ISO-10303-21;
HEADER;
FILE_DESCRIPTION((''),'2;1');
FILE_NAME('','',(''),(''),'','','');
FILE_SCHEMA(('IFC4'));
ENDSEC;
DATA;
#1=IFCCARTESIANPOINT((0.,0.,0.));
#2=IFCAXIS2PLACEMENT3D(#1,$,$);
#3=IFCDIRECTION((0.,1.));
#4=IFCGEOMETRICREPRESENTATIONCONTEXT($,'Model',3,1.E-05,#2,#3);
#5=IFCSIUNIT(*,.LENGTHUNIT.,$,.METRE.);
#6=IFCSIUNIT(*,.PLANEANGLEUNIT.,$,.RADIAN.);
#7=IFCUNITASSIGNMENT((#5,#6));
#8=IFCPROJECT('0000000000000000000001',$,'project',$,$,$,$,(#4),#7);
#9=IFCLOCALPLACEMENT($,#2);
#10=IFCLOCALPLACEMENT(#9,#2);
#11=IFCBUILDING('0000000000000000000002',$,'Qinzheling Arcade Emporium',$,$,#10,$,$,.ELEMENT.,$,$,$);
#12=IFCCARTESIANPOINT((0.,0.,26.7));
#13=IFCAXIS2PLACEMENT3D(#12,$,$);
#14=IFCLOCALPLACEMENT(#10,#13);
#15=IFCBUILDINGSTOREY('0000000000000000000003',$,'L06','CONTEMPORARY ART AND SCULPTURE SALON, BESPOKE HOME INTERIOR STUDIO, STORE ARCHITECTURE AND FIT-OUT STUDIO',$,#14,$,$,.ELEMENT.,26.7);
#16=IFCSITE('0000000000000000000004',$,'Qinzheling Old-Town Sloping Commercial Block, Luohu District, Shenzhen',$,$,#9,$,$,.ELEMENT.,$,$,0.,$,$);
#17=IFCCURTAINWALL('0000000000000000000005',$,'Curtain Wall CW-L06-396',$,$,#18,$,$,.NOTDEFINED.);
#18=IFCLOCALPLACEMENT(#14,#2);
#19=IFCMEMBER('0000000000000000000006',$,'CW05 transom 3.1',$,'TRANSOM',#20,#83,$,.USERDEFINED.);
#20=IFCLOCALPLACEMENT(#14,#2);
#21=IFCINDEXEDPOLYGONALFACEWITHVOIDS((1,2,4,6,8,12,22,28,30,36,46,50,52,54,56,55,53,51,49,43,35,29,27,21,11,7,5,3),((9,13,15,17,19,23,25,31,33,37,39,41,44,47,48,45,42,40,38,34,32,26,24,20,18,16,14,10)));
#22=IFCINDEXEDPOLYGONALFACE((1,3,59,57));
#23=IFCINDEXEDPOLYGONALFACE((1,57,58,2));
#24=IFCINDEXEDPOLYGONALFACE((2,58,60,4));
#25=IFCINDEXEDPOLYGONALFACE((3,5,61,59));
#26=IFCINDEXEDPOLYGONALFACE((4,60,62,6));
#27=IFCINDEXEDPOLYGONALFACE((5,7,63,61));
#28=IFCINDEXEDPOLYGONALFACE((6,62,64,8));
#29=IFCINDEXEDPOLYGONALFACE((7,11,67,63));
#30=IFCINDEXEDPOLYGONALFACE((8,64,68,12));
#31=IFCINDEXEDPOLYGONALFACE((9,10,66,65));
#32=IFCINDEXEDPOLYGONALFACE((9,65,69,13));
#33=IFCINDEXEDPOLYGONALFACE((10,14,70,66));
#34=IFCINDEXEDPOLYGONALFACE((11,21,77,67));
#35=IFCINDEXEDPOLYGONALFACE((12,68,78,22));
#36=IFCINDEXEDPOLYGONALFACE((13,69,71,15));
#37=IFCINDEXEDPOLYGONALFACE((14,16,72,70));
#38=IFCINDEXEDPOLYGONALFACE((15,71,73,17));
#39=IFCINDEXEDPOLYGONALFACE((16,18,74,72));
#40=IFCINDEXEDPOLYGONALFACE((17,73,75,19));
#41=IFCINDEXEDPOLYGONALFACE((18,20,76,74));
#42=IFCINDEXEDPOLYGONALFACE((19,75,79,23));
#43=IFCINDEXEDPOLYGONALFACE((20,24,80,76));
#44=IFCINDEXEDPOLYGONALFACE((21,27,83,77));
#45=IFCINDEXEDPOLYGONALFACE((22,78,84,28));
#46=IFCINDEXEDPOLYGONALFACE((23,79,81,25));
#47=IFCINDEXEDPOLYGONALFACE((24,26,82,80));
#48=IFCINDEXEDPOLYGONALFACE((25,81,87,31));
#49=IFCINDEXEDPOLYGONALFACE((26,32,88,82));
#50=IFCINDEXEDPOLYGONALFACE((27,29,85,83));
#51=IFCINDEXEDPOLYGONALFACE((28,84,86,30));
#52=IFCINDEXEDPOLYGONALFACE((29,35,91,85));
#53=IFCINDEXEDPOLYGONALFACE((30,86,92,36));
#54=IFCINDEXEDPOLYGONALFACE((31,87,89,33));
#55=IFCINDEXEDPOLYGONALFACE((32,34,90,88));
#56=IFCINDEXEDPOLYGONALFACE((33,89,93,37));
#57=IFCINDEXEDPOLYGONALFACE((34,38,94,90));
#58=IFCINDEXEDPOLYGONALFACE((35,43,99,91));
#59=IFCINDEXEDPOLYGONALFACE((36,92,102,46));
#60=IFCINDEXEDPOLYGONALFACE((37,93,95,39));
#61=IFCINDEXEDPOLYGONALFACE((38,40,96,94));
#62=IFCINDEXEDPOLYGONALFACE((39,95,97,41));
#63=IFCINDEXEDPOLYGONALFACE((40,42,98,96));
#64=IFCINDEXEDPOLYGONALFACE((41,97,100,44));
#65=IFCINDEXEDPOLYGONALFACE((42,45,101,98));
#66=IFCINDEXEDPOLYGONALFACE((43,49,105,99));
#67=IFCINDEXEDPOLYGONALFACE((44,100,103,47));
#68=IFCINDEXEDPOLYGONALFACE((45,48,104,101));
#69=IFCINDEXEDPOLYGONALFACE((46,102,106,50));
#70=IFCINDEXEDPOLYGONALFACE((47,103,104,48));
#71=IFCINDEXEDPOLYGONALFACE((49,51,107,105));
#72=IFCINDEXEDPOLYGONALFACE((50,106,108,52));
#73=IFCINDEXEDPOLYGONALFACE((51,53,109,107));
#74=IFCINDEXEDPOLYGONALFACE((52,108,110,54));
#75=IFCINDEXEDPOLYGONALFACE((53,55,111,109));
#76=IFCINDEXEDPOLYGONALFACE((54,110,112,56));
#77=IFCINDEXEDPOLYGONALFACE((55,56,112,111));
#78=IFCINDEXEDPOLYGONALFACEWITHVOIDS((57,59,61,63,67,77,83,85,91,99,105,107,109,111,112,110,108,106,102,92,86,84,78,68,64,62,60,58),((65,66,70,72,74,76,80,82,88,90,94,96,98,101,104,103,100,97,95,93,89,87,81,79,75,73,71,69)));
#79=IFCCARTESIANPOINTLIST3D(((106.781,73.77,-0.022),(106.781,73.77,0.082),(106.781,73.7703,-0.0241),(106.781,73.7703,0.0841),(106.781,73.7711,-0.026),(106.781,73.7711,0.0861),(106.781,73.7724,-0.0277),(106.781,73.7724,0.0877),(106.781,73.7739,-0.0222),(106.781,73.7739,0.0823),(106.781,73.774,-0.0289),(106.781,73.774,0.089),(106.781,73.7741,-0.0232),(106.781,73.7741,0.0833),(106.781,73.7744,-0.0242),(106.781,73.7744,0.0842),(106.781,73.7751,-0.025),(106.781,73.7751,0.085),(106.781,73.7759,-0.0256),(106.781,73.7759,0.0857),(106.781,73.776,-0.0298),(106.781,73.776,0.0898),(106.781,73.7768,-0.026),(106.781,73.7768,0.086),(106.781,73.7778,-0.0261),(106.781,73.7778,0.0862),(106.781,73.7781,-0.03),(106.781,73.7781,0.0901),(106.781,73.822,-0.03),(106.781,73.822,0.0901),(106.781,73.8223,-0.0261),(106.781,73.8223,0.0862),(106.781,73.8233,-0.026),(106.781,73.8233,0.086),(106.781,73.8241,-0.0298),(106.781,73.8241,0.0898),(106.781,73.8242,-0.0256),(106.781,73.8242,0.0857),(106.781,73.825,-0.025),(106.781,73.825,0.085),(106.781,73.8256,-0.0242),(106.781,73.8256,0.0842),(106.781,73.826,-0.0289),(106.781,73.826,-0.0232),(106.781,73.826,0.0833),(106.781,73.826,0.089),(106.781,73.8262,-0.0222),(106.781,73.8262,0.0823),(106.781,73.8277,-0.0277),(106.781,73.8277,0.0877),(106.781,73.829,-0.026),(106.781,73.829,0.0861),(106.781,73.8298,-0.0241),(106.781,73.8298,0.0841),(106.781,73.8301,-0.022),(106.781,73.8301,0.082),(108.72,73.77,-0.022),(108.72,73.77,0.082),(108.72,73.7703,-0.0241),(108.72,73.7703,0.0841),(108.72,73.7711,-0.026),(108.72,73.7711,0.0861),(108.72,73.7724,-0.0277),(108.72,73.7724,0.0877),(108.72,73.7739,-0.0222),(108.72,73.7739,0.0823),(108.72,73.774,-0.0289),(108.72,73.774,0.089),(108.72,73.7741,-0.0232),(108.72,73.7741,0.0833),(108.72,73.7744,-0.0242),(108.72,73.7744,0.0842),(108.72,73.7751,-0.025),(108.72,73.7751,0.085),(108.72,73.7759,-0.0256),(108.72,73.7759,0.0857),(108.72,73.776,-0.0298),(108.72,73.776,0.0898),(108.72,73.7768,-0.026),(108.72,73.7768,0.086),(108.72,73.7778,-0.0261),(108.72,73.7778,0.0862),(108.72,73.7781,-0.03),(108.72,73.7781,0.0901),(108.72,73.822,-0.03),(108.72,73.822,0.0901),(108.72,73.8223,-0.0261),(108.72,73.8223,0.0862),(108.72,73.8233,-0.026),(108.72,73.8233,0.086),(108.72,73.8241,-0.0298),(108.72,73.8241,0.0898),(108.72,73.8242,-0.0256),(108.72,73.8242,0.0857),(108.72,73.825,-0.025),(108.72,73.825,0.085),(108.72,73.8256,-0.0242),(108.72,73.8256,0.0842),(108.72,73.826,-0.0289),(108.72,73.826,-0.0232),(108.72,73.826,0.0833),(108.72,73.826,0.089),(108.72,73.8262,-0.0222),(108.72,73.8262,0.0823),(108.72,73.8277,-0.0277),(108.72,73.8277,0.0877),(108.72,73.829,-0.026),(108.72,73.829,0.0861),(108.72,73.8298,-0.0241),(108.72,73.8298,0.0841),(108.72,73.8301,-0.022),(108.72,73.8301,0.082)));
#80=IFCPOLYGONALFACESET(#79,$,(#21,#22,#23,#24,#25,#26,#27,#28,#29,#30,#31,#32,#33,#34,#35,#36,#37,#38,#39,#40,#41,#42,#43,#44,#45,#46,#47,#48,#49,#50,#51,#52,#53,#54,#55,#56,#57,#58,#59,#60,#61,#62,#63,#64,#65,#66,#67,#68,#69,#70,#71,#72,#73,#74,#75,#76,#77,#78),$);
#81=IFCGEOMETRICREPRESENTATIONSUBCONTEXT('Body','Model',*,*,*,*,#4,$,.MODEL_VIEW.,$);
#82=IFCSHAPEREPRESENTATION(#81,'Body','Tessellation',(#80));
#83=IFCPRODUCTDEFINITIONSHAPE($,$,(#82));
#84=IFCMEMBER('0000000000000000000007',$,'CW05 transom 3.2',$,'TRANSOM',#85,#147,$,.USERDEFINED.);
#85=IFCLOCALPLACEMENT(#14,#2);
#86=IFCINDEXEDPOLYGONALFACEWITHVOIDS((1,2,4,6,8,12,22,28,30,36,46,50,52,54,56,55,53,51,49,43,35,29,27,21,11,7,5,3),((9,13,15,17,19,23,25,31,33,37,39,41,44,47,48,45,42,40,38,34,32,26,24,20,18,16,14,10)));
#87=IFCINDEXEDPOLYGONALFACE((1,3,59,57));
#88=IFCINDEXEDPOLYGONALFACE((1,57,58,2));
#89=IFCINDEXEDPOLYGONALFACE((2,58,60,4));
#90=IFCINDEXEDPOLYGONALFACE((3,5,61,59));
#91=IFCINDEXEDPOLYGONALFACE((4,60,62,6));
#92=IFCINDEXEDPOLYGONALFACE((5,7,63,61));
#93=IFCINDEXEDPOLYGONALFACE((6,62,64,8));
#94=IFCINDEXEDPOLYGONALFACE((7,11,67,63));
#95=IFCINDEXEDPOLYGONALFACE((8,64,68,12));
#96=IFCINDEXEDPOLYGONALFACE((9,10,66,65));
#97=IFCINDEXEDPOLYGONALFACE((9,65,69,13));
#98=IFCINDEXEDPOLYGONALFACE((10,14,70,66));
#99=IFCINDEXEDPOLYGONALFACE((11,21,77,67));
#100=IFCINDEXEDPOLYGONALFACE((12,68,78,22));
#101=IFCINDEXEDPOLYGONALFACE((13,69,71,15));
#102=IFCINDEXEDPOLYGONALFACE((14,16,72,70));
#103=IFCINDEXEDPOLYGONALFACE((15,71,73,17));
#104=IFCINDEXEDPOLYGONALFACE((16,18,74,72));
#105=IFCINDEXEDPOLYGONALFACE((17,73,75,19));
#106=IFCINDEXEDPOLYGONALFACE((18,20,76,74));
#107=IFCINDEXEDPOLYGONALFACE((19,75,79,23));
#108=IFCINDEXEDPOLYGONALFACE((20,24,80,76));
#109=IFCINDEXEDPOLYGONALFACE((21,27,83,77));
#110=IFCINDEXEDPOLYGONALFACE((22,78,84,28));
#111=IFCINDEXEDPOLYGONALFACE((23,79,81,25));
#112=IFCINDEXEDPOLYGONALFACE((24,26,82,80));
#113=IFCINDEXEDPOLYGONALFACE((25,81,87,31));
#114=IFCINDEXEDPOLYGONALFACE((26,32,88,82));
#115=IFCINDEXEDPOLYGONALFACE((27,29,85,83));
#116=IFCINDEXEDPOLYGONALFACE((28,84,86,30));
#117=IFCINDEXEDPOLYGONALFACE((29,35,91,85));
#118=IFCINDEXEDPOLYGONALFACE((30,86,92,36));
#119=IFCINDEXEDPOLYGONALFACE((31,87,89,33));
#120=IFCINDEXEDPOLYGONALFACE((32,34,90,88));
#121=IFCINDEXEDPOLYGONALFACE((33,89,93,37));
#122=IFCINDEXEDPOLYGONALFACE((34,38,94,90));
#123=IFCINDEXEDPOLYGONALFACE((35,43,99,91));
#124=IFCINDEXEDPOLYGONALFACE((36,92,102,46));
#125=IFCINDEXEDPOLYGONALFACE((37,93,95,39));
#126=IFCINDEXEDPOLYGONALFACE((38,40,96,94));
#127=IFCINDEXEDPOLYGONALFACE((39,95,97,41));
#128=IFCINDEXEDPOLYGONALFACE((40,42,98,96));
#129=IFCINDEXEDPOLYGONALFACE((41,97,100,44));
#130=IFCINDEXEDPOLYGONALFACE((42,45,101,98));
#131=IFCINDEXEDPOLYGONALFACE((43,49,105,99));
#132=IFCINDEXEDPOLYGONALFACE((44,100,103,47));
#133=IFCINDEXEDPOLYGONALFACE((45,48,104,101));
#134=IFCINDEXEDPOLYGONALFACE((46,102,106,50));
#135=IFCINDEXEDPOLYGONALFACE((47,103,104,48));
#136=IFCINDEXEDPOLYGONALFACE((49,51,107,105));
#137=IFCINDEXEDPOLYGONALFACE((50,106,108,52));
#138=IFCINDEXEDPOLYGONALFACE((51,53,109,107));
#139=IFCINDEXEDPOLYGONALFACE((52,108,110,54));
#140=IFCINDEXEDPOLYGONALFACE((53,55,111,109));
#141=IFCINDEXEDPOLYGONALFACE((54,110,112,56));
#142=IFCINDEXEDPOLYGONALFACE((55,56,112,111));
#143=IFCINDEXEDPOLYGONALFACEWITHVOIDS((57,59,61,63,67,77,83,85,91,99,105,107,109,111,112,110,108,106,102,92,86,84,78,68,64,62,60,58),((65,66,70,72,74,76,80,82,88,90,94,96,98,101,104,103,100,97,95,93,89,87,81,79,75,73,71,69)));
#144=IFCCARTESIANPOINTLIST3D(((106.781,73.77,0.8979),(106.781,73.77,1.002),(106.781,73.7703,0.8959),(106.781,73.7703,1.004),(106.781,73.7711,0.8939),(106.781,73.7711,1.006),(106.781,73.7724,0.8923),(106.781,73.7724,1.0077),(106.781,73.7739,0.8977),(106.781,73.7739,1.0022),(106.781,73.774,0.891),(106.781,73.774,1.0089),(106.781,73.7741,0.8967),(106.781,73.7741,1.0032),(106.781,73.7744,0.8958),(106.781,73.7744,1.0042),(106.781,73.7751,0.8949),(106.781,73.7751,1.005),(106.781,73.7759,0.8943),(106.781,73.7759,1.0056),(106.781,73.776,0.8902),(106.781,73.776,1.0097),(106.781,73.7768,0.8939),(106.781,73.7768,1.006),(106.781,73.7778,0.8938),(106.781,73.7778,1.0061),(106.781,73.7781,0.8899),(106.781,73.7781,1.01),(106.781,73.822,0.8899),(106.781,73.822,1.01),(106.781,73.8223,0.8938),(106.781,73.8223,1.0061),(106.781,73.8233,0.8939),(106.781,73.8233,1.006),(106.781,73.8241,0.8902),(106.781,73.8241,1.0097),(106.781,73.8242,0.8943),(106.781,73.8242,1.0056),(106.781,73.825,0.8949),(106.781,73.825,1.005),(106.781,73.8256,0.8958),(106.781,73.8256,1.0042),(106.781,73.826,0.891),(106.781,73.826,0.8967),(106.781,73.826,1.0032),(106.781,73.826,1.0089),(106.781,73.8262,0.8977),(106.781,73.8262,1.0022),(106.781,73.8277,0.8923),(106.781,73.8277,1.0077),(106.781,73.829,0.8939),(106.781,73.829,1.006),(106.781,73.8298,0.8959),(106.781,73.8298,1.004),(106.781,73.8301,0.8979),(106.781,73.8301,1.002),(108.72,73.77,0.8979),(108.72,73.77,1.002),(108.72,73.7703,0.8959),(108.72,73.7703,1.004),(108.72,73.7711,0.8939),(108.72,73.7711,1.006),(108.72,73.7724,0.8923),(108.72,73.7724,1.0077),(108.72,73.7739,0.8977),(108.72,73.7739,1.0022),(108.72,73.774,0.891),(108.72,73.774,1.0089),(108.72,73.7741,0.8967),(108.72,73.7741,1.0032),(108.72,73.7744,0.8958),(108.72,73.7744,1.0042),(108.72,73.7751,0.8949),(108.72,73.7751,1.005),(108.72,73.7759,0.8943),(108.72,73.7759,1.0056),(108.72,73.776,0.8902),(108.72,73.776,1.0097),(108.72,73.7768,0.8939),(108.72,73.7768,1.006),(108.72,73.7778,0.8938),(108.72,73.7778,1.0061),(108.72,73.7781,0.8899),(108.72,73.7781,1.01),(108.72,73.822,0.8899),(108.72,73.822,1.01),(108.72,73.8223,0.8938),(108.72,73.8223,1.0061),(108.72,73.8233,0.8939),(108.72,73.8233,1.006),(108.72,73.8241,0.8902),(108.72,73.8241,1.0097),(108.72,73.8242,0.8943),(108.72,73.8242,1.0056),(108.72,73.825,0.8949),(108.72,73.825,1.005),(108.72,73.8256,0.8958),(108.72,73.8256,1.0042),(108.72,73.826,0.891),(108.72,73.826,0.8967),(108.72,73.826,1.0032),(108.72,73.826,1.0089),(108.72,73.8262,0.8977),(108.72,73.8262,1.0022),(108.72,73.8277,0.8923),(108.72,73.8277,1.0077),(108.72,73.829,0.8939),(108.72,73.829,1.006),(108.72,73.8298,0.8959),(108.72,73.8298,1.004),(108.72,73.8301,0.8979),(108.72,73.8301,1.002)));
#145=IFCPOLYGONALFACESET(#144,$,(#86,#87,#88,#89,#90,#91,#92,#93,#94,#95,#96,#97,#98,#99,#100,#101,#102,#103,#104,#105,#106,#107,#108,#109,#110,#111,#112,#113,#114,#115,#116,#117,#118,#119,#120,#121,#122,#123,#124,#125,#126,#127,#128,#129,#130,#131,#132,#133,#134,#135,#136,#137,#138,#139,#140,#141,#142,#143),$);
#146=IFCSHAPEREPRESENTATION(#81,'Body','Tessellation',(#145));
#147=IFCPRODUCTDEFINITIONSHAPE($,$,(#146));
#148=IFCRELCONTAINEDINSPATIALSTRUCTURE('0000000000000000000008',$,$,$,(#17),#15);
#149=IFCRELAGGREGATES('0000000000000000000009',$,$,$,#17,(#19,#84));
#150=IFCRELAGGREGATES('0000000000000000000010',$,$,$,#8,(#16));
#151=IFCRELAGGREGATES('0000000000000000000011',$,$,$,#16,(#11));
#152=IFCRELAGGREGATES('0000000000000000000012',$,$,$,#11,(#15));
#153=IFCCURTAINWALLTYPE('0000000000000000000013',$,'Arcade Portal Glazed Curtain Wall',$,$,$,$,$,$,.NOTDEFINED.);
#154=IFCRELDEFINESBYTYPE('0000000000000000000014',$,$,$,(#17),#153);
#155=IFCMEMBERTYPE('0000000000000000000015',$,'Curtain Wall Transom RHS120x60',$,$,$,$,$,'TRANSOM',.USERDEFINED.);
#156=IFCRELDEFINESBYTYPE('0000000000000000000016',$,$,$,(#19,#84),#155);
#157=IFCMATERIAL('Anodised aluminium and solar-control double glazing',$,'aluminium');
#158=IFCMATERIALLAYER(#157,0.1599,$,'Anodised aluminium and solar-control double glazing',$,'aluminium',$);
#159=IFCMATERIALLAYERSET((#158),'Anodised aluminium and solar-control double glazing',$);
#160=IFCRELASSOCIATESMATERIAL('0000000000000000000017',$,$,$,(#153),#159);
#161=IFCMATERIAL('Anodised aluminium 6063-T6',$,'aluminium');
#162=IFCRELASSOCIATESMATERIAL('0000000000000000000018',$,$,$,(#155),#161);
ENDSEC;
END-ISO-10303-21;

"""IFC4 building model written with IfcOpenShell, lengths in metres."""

from ifc_helpers import new_model, si_unit, direction, frame, origin, origin_2d, place, context, subcontext, project, spatial, hollow_rectangle, extrude, material, layer, layer_set, material_profile, profile_set, type_object, element, aggregate, save


model = new_model("IFC4")

# Units and contexts
model_context = context("Model", 3, precision=1e-05, world=origin(), true_north=direction((0.0, 1.0)))
body_context = subcontext(model_context, "Body", "Model", "MODEL_VIEW")
ifc_project = project(units=[si_unit("LENGTHUNIT", "METRE"), si_unit("PLANEANGLEUNIT", "RADIAN")], contexts=[model_context])

# Site, building, storey
site_placement = place(None, origin())
site = spatial("IfcSite", under=ifc_project, at=site_placement, Name="Qinzheling Old-Town Sloping Commercial Block, Luohu District, Shenzhen", CompositionType="ELEMENT", RefElevation=0.0)
building_placement = place(site_placement, origin())
building = spatial("IfcBuilding", under=site, at=building_placement, Name="Qinzheling Arcade Emporium", CompositionType="ELEMENT")
storey_placement = place(building_placement, frame((0.0, 0.0, 26.7)))
storey = spatial("IfcBuildingStorey", under=building, at=storey_placement, Name="L06", Description="CONTEMPORARY ART AND SCULPTURE SALON, BESPOKE HOME INTERIOR STUDIO, STORE ARCHITECTURE AND FIT-OUT STUDIO", CompositionType="ELEMENT", Elevation=26.7)

# Curtain wall, members
ifc_material_1 = material(Name="Anodised aluminium and solar-control double glazing", Category="aluminium")
ifc_layer_1 = layer(ifc_material_1, 0.1599, Name="Anodised aluminium and solar-control double glazing", Category="aluminium")
ifc_layer_set_1 = layer_set([ifc_layer_1], Name="Anodised aluminium and solar-control double glazing")
curtain_wall_type = type_object("IfcCurtainWallType", Name="Arcade Portal Glazed Curtain Wall", PredefinedType="NOTDEFINED", material=ifc_layer_set_1)
curtain_wall_placement = place(storey_placement, origin())
curtain_wall = element("IfcCurtainWall", 1, at=curtain_wall_placement, inside=storey, type_object=curtain_wall_type, Name="Curtain Wall CW-L06-396", PredefinedType="NOTDEFINED")
ifc_material_2 = material(Name="Anodised aluminium 6063-T6", Category="aluminium")
ifc_material_profile_1 = material_profile(ifc_material_2, hollow_rectangle(XDim=0.0601, YDim=0.1201, WallThickness=0.0039, InnerFilletRadius=0.0039, OuterFilletRadius=0.0081, at=origin_2d()), Name="RHS 120x60x4", Category="aluminium")
ifc_profile_set_1 = profile_set([ifc_material_profile_1], Name="Anodised aluminium 6063-T6")
member_type_1 = type_object("IfcMemberType", Name="Curtain Wall Transom RHS120x60", ElementType="TRANSOM", PredefinedType="USERDEFINED", material=ifc_profile_set_1)
member_1_placement = place(storey_placement, frame((108.72, 73.8, 0.03), z_axis=(-1.0, 0.0, 0.0), x_axis=(0.0, -1.0, 0.0)))
member_1 = element("IfcMember", 2, at=member_1_placement, type_object=member_type_1, Name="CW05 transom 3.1", ObjectType="TRANSOM", PredefinedType="USERDEFINED", context=body_context, shape_type="SweptSolid", body=[
    extrude(hollow_rectangle(XDim=0.0601, YDim=0.1201, WallThickness=0.0039, InnerFilletRadius=0.0039, OuterFilletRadius=0.0081, at=origin_2d()), origin(), (0.0, 0.0, 1.0), 1.939),
])
member_2_placement = place(storey_placement, frame((108.72, 73.8, 0.95), z_axis=(-1.0, 0.0, 0.0), x_axis=(0.0, -1.0, 0.0)))
member_2 = element("IfcMember", 3, at=member_2_placement, type_object=member_type_1, Name="CW05 transom 3.2", ObjectType="TRANSOM", PredefinedType="USERDEFINED", context=body_context, shape_type="SweptSolid", body=[
    extrude(hollow_rectangle(XDim=0.0601, YDim=0.1201, WallThickness=0.0039, InnerFilletRadius=0.0039, OuterFilletRadius=0.0081, at=origin_2d()), origin(), (0.0, 0.0, 1.0), 1.939),
])
aggregate(curtain_wall, [member_1, member_2])

save(model, "model.ifc")
